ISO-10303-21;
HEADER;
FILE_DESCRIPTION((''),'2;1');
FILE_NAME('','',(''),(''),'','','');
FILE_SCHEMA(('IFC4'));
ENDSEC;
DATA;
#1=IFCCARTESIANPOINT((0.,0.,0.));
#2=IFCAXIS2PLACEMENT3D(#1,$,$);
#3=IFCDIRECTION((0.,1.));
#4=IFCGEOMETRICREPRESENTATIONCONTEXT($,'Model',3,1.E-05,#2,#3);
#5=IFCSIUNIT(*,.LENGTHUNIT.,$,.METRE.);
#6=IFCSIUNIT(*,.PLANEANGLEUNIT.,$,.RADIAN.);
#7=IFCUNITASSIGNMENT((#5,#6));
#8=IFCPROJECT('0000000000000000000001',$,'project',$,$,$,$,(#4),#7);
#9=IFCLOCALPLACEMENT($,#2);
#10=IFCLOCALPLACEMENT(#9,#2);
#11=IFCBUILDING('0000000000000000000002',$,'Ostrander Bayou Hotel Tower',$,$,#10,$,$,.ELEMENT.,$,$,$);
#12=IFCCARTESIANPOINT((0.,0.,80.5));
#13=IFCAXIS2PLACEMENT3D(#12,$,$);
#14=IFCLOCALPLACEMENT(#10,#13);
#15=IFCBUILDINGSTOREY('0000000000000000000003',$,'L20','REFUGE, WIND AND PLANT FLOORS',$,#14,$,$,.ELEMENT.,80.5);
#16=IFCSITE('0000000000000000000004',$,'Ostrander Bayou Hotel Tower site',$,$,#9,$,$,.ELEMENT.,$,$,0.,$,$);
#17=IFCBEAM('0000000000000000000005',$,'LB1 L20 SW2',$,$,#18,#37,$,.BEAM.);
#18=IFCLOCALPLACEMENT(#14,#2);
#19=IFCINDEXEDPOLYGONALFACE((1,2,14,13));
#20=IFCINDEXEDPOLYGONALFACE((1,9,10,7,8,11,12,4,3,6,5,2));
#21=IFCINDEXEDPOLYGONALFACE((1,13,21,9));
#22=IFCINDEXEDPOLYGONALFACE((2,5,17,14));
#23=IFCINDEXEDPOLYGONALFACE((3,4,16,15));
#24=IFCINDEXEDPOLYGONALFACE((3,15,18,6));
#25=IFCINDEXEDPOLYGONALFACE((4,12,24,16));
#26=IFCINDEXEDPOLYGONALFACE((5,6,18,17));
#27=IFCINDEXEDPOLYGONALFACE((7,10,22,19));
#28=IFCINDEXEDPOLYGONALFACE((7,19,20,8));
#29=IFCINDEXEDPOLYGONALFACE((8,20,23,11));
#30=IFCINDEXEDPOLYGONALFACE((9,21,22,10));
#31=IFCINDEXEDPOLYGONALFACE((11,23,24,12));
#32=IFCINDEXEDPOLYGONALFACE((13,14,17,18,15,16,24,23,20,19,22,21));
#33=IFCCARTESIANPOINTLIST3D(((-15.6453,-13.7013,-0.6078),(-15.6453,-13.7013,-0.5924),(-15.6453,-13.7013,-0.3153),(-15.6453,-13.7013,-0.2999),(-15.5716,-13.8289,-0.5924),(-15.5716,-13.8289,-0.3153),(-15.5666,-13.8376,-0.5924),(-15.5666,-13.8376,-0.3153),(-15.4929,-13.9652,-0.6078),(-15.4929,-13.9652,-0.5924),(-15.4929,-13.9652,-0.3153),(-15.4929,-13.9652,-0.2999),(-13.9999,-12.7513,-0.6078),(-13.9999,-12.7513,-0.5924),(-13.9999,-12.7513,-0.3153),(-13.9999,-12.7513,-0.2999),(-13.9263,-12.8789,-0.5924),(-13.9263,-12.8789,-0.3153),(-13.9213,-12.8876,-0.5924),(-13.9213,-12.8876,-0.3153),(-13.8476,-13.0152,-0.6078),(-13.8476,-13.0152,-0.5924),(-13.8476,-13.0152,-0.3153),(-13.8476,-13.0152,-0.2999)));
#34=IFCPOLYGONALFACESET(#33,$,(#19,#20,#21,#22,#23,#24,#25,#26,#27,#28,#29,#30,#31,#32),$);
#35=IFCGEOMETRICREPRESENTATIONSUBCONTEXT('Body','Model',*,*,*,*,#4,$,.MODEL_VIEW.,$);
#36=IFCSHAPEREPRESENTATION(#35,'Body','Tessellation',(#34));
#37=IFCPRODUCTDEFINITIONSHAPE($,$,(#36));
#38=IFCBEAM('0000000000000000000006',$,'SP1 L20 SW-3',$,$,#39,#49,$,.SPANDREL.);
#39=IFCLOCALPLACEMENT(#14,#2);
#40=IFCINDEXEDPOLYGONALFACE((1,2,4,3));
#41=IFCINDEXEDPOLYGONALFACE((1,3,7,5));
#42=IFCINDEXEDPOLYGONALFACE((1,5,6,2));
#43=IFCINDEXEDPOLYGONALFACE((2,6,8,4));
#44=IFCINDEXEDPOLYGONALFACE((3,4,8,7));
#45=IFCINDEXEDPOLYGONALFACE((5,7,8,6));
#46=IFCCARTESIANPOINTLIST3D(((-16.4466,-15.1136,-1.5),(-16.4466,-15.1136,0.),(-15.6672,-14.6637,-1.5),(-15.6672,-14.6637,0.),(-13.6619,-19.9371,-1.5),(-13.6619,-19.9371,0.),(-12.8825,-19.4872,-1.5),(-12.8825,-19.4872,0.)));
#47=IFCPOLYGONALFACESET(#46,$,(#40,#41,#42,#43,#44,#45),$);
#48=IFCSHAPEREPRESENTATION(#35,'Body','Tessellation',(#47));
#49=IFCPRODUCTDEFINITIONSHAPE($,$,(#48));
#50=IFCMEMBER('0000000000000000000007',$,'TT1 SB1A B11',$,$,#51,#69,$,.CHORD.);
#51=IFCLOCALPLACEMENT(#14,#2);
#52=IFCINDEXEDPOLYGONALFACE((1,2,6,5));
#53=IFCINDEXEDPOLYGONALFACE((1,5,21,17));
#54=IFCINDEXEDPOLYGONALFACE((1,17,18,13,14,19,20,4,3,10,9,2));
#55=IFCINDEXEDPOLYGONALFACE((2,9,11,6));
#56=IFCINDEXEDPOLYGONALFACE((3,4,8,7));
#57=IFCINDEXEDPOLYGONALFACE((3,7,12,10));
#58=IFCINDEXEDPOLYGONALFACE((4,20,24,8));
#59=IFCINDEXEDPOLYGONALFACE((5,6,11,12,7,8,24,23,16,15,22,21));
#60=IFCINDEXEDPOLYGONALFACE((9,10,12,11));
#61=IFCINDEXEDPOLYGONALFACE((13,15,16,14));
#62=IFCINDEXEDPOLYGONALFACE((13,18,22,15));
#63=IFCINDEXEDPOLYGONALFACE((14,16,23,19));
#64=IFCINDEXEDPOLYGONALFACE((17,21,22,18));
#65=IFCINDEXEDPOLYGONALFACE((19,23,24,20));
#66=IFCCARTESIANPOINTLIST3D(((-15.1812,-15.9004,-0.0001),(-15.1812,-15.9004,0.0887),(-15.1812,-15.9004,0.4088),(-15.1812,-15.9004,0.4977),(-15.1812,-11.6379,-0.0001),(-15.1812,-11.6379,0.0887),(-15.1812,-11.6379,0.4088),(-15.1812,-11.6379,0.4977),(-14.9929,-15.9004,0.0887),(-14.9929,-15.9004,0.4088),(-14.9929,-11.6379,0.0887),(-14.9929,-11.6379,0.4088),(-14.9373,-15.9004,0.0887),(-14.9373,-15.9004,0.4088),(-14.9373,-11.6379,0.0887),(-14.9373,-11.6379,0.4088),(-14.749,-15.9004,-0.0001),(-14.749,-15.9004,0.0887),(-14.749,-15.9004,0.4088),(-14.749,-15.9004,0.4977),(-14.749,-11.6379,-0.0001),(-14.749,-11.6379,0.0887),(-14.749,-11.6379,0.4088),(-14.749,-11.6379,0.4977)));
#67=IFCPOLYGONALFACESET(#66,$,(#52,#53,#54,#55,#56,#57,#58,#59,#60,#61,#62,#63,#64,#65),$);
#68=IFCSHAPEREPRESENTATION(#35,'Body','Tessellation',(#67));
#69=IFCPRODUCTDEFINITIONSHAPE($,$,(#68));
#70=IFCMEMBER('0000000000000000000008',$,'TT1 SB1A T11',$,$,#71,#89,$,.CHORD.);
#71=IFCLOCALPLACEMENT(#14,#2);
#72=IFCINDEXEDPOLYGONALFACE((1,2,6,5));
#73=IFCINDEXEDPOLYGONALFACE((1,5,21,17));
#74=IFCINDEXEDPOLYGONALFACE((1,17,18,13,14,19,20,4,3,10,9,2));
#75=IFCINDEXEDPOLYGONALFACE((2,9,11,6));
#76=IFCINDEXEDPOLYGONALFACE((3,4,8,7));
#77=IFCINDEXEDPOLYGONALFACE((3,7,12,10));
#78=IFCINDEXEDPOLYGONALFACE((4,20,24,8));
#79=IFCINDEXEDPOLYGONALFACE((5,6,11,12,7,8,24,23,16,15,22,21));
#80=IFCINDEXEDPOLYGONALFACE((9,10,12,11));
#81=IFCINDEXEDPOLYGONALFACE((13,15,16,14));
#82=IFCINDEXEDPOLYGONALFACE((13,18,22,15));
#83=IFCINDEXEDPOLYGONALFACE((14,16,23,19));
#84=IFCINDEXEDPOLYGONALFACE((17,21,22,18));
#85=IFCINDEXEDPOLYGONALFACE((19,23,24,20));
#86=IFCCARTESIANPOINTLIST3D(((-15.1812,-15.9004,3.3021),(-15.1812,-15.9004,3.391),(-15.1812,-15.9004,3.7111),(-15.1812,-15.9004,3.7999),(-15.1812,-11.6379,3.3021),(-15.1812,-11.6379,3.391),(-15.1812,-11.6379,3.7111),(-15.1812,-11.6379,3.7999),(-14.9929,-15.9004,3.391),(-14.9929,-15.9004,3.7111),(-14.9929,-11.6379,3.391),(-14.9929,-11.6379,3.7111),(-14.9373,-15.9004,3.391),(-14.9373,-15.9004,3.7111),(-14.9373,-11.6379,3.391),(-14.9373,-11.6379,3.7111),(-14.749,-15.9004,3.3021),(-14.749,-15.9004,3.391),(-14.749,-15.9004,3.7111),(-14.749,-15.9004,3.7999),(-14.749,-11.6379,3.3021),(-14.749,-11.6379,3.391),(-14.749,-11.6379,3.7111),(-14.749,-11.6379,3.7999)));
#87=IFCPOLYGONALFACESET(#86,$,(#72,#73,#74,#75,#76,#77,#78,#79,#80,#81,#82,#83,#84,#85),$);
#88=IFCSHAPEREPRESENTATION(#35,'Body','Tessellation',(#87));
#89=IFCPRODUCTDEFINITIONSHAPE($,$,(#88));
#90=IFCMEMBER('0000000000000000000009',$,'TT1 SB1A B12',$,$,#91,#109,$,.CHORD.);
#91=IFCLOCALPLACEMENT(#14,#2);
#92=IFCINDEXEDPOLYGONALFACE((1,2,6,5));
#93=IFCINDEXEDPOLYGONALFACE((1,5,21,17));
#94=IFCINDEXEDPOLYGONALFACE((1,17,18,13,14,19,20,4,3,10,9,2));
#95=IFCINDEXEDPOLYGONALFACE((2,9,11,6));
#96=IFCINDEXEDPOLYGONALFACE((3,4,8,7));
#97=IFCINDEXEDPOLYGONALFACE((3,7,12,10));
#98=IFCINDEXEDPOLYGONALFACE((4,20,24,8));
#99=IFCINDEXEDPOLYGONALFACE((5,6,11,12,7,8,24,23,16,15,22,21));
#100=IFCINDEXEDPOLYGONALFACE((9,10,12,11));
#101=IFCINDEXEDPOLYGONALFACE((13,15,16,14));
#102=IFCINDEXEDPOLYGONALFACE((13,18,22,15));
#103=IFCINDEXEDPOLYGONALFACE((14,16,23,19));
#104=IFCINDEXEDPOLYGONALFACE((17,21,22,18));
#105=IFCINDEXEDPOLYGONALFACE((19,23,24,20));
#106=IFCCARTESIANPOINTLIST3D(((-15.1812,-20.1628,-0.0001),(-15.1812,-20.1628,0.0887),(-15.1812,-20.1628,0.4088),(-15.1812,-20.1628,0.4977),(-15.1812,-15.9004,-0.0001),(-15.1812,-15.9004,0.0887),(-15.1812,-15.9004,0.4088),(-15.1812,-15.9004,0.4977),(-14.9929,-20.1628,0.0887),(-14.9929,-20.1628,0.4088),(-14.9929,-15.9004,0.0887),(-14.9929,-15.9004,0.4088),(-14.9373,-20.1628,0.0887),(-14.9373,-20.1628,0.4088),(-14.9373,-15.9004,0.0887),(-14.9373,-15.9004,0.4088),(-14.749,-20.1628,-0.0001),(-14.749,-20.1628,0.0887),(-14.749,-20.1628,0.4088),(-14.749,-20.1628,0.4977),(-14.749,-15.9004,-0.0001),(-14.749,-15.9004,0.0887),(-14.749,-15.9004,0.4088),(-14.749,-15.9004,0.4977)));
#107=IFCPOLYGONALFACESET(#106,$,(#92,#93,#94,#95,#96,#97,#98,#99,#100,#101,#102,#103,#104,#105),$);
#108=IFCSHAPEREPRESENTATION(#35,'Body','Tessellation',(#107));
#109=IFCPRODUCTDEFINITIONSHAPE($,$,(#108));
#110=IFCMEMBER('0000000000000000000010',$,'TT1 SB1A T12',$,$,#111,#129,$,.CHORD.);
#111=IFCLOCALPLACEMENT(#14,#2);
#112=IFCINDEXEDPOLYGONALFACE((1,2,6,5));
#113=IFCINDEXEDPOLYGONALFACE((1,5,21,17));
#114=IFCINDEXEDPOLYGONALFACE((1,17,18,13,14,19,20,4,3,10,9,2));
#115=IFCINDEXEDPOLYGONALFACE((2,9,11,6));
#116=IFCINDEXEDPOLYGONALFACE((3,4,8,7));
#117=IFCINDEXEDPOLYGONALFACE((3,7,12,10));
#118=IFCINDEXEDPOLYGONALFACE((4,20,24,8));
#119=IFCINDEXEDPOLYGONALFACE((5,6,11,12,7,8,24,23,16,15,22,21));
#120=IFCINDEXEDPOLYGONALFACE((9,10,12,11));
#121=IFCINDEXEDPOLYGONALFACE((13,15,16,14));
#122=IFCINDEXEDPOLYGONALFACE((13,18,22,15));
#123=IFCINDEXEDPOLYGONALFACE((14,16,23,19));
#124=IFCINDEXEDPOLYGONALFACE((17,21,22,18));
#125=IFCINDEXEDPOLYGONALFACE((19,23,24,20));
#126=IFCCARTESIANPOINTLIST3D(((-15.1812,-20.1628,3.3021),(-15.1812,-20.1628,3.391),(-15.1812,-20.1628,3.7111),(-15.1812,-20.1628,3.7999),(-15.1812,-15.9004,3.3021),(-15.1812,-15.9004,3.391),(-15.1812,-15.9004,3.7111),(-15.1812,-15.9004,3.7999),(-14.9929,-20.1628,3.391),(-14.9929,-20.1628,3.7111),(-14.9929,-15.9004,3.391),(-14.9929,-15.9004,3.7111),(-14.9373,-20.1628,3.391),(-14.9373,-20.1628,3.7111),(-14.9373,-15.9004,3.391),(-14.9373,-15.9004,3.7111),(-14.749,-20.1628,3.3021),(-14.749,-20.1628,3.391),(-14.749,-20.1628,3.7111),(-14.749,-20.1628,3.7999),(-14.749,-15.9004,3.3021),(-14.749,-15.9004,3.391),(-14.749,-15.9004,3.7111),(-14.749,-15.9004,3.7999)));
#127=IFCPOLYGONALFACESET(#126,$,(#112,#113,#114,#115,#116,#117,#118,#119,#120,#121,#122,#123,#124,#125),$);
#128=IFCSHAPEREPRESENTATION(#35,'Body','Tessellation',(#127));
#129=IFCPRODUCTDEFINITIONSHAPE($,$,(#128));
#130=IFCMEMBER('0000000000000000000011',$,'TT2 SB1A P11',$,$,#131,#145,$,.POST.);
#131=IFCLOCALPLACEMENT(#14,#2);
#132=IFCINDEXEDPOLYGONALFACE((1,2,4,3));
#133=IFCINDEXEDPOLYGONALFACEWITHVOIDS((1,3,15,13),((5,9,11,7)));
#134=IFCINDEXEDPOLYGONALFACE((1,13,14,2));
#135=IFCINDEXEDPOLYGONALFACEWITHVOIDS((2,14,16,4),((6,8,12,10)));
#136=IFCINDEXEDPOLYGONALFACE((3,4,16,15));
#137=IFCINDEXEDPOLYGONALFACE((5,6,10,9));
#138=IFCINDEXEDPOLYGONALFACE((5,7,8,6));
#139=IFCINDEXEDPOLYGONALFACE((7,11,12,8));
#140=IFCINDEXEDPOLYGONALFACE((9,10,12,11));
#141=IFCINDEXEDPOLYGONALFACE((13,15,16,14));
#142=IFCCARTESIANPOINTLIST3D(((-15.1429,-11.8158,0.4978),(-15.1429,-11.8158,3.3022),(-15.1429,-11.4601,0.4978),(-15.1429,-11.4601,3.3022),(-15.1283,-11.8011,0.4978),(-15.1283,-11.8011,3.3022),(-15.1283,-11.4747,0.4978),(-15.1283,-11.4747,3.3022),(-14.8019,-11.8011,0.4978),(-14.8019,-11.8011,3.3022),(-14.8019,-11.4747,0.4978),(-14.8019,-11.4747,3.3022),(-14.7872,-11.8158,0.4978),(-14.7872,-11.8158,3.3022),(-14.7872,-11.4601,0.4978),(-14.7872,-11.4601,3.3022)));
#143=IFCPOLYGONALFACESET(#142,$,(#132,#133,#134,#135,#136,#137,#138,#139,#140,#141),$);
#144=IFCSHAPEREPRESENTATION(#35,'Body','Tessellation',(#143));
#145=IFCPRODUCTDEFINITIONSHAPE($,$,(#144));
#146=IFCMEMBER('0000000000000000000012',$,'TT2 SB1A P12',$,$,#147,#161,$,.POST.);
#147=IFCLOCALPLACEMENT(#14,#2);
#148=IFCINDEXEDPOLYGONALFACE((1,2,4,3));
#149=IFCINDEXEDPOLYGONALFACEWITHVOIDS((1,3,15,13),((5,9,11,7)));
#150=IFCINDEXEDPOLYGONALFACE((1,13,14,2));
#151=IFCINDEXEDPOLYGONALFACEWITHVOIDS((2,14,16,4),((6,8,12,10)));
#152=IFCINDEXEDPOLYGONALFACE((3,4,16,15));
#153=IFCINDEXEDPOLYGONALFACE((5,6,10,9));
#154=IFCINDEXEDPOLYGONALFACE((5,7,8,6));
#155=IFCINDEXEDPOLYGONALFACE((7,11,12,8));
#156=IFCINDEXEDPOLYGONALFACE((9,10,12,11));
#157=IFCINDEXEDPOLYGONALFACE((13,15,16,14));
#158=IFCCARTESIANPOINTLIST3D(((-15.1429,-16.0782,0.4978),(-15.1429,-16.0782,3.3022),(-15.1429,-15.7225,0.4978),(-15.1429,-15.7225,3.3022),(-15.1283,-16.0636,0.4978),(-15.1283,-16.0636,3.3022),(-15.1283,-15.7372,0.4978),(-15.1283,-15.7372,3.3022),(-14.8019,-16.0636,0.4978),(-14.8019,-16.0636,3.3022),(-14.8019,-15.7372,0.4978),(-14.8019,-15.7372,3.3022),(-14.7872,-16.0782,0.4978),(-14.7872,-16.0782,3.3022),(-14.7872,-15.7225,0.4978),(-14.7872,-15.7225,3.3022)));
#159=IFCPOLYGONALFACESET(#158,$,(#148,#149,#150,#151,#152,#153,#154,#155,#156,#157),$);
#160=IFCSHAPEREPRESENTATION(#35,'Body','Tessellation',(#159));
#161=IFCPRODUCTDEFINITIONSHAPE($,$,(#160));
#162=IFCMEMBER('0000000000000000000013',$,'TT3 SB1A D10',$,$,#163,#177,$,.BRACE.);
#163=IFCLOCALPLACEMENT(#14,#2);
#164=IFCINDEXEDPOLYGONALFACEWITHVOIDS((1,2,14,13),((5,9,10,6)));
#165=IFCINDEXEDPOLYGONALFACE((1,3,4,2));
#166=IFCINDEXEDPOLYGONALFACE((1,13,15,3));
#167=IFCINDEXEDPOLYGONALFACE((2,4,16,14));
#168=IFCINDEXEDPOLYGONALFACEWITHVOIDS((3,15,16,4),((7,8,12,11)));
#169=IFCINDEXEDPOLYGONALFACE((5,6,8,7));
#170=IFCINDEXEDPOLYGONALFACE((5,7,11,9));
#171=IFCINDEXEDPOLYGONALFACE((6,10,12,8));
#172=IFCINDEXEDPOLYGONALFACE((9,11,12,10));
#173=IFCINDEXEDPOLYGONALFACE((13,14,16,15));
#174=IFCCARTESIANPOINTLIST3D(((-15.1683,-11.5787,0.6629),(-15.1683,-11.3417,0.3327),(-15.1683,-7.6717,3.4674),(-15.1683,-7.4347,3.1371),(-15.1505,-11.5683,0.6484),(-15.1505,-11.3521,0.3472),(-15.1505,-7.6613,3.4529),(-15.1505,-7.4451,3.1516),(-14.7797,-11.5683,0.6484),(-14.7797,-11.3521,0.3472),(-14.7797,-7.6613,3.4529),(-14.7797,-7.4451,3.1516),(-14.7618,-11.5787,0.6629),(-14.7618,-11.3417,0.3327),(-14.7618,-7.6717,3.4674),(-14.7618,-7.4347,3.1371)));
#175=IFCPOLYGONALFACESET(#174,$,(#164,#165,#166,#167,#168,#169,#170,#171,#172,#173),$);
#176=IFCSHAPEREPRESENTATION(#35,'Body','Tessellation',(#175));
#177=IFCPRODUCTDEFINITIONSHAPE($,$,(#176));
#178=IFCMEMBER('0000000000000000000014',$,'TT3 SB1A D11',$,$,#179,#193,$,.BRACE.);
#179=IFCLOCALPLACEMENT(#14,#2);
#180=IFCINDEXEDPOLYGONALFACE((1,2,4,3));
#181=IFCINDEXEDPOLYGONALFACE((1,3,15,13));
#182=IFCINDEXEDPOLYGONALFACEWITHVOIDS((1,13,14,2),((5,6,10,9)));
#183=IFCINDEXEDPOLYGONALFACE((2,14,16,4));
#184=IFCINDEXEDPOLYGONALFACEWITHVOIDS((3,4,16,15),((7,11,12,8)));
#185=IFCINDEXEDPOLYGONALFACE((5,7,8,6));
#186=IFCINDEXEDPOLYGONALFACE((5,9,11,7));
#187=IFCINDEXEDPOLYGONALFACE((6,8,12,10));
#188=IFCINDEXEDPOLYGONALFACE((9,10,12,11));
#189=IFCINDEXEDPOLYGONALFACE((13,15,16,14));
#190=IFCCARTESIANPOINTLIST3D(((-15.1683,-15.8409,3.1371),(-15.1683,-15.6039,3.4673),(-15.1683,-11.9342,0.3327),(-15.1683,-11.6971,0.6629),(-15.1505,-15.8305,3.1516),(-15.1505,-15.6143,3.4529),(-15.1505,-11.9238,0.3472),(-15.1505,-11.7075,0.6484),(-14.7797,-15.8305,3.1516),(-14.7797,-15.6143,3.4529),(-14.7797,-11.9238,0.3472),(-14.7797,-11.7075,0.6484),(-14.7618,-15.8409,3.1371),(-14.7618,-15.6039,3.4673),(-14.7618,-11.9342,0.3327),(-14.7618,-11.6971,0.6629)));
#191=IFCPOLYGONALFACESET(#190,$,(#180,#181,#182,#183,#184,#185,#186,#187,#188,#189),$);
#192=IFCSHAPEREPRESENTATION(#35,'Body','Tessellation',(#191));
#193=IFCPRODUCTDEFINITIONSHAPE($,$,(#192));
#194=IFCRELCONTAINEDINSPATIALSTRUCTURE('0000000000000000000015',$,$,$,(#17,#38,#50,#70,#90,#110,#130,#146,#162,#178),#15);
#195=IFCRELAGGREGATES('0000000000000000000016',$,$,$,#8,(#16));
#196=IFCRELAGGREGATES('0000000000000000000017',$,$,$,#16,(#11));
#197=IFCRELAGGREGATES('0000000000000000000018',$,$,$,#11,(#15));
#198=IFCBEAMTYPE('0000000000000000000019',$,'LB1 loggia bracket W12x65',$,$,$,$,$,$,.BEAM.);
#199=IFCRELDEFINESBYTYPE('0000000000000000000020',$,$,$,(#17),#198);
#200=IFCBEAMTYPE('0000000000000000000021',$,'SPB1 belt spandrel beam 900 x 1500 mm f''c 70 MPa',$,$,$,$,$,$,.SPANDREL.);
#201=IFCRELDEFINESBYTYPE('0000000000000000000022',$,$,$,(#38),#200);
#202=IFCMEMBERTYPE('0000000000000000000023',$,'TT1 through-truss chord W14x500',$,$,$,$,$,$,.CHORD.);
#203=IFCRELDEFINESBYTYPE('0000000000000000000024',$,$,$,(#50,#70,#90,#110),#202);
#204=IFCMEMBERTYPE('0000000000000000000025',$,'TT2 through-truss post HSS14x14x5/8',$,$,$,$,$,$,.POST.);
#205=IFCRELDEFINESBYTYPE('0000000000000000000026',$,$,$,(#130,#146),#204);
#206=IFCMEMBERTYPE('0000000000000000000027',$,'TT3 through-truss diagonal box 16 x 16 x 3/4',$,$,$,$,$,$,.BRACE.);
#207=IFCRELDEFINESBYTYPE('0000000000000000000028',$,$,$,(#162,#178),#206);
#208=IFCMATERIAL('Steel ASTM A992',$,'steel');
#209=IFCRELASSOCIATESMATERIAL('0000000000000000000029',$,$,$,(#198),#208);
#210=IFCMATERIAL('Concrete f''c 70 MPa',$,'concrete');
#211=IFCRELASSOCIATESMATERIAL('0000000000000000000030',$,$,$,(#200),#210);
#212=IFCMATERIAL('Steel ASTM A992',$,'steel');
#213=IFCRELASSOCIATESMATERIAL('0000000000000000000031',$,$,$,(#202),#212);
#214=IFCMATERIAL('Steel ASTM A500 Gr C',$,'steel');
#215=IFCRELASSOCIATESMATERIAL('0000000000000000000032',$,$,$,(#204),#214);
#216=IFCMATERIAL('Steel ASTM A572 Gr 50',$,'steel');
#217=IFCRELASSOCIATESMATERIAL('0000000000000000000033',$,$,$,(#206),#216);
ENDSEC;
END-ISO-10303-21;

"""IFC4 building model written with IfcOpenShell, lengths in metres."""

from ifc_helpers import new_model, si_unit, direction, frame, origin, origin_2d, place, context, subcontext, project, spatial, rectangle, hollow_rectangle, i_section, extrude, material, material_profile, profile_set, type_object, element, save


model = new_model("IFC4")

# Units and contexts
model_context = context("Model", 3, precision=1e-05, world=origin(), true_north=direction((0.0, 1.0)))
body_context = subcontext(model_context, "Body", "Model", "MODEL_VIEW")
ifc_project = project(units=[si_unit("LENGTHUNIT", "METRE"), si_unit("PLANEANGLEUNIT", "RADIAN")], contexts=[model_context])

# Site, building, storey
site_placement = place(None, origin())
site = spatial("IfcSite", under=ifc_project, at=site_placement, Name="Ostrander Bayou Hotel Tower site", CompositionType="ELEMENT", RefElevation=0.0)
building_placement = place(site_placement, origin())
building = spatial("IfcBuilding", under=site, at=building_placement, Name="Ostrander Bayou Hotel Tower", CompositionType="ELEMENT")
storey_placement = place(building_placement, frame((0.0, 0.0, 80.5)))
storey = spatial("IfcBuildingStorey", under=building, at=storey_placement, Name="L20", Description="REFUGE, WIND AND PLANT FLOORS", CompositionType="ELEMENT", Elevation=80.5)

# Beams
ifc_material_1 = material(Name="Steel ASTM A992", Category="steel")
ifc_material_profile_1 = material_profile(ifc_material_1, i_section(OverallWidth=0.3047, OverallDepth=0.3079, WebThickness=0.01, FlangeThickness=0.0154, at=origin_2d()))
ifc_profile_set_1 = profile_set([ifc_material_profile_1], Name="Steel ASTM A992")
beam_type_1 = type_object("IfcBeamType", Name="LB1 loggia bracket W12x65", PredefinedType="BEAM", material=ifc_profile_set_1)
beam_1_placement = place(storey_placement, frame((-15.5691, -13.8333, -0.4539), z_axis=(0.866012, 0.500023, 0.0), x_axis=(-0.500023, 0.866012, 0.0)))
element("IfcBeam", 1, at=beam_1_placement, inside=storey, type_object=beam_type_1, Name="LB1 L20 SW2", PredefinedType="BEAM", context=body_context, shape_type="SweptSolid", body=[
    extrude(i_section(OverallWidth=0.3047, OverallDepth=0.3079, WebThickness=0.01, FlangeThickness=0.0154, at=origin_2d()), origin(), (0.0, 0.0, 1.0), 1.8999),
])
ifc_material_2 = material(Name="Concrete f'c 70 MPa", Category="concrete")
ifc_material_profile_2 = material_profile(ifc_material_2, rectangle(XDim=0.8999, YDim=1.5, at=origin_2d()))
ifc_profile_set_2 = profile_set([ifc_material_profile_2], Name="Concrete f'c 70 MPa")
beam_type_2 = type_object("IfcBeamType", Name="SPB1 belt spandrel beam 900 x 1500 mm f'c 70 MPa", PredefinedType="SPANDREL", material=ifc_profile_set_2)
beam_2_placement = place(storey_placement, frame((-16.0569, -14.8887, -0.75), z_axis=(0.499977, -0.866039, 0.0), x_axis=(0.866039, 0.499977, 0.0)))
element("IfcBeam", 2, at=beam_2_placement, inside=storey, type_object=beam_type_2, Name="SP1 L20 SW-3", PredefinedType="SPANDREL", context=body_context, shape_type="SweptSolid", body=[
    extrude(rectangle(XDim=0.8999, YDim=1.5, at=origin_2d()), origin(), (0.0, 0.0, 1.0), 5.5696),
])

# Members
ifc_material_3 = material(Name="Steel ASTM A992", Category="steel")
ifc_material_profile_3 = material_profile(ifc_material_3, i_section(OverallWidth=0.4321, OverallDepth=0.4978, WebThickness=0.0557, FlangeThickness=0.0889, at=origin_2d()))
ifc_profile_set_3 = profile_set([ifc_material_profile_3], Name="Steel ASTM A992")
member_type_1 = type_object("IfcMemberType", Name="TT1 through-truss chord W14x500", PredefinedType="CHORD", material=ifc_profile_set_3)
for number, where, z_axis, x_axis, name in (
    (3, (-14.9651, -11.6379, 0.2488), (0.0, -1.0, 0.0), (1.0, 0.0, 0.0), "TT1 SB1A B11"),
    (4, (-14.9651, -11.6379, 3.551), (0.0, -1.0, 0.0), (1.0, 0.0, 0.0), "TT1 SB1A T11"),
    (5, (-14.9651, -15.9004, 0.2488), (0.0, -1.0, 0.0), (1.0, 0.0, 0.0), "TT1 SB1A B12"),
    (6, (-14.9651, -15.9004, 3.551), (0.0, -1.0, 0.0), (1.0, 0.0, 0.0), "TT1 SB1A T12"),
):
    element("IfcMember", number, at=place(storey_placement, frame(where, z_axis=z_axis, x_axis=x_axis)), inside=storey, type_object=member_type_1, Name=name, PredefinedType="CHORD", context=body_context, shape_type="SweptSolid", body=[
        extrude(i_section(OverallWidth=0.4321, OverallDepth=0.4978, WebThickness=0.0557, FlangeThickness=0.0889, at=origin_2d()), origin(), (0.0, 0.0, 1.0), 4.2625),
    ])
ifc_material_4 = material(Name="Steel ASTM A500 Gr C", Category="steel")
ifc_material_profile_4 = material_profile(ifc_material_4, hollow_rectangle(XDim=0.3557, YDim=0.3557, WallThickness=0.0146, at=origin_2d()))
ifc_profile_set_4 = profile_set([ifc_material_profile_4], Name="Steel ASTM A500 Gr C")
member_type_2 = type_object("IfcMemberType", Name="TT2 through-truss post HSS14x14x5/8", PredefinedType="POST", material=ifc_profile_set_4)
for number, where, z_axis, x_axis, name in (
    (7, (-14.9651, -11.6379, 0.4978), (0.0, 0.0, 1.0), (1.0, 0.0, 0.0), "TT2 SB1A P11"),
    (8, (-14.9651, -15.9004, 0.4978), (0.0, 0.0, 1.0), (1.0, 0.0, 0.0), "TT2 SB1A P12"),
):
    element("IfcMember", number, at=place(storey_placement, frame(where, z_axis=z_axis, x_axis=x_axis)), inside=storey, type_object=member_type_2, Name=name, PredefinedType="POST", context=body_context, shape_type="SweptSolid", body=[
        extrude(hollow_rectangle(XDim=0.3557, YDim=0.3557, WallThickness=0.0146, at=origin_2d()), origin(), (0.0, 0.0, 1.0), 2.8044),
    ])
ifc_material_5 = material(Name="Steel ASTM A572 Gr 50", Category="steel")
ifc_material_profile_5 = material_profile(ifc_material_5, hollow_rectangle(XDim=0.4065, YDim=0.4065, WallThickness=0.0178, at=origin_2d()))
ifc_profile_set_5 = profile_set([ifc_material_profile_5], Name="Steel ASTM A572 Gr 50")
member_type_3 = type_object("IfcMemberType", Name="TT3 through-truss diagonal box 16 x 16 x 3/4", PredefinedType="BRACE", material=ifc_profile_set_5)
member_1_placement = place(storey_placement, frame((-14.9651, -11.4602, 0.4978), z_axis=(0.0, 0.81238, 0.583129), x_axis=(-1.0, 0.0, 0.0)))
element("IfcMember", 9, at=member_1_placement, inside=storey, type_object=member_type_3, Name="TT3 SB1A D10", PredefinedType="BRACE", context=body_context, shape_type="SweptSolid", body=[
    extrude(hollow_rectangle(XDim=0.4065, YDim=0.4065, WallThickness=0.0178, at=origin_2d()), origin(), (0.0, 0.0, 1.0), 4.8093),
])
member_2_placement = place(storey_placement, frame((-14.9651, -11.8157, 0.4978), z_axis=(0.0, -0.812363, 0.583153), x_axis=(1.0, 0.0, 0.0)))
element("IfcMember", 10, at=member_2_placement, inside=storey, type_object=member_type_3, Name="TT3 SB1A D11", PredefinedType="BRACE", context=body_context, shape_type="SweptSolid", body=[
    extrude(hollow_rectangle(XDim=0.4065, YDim=0.4065, WallThickness=0.0178, at=origin_2d()), origin(), (0.0, 0.0, 1.0), 4.8091),
])

save(model, "model.ifc")
